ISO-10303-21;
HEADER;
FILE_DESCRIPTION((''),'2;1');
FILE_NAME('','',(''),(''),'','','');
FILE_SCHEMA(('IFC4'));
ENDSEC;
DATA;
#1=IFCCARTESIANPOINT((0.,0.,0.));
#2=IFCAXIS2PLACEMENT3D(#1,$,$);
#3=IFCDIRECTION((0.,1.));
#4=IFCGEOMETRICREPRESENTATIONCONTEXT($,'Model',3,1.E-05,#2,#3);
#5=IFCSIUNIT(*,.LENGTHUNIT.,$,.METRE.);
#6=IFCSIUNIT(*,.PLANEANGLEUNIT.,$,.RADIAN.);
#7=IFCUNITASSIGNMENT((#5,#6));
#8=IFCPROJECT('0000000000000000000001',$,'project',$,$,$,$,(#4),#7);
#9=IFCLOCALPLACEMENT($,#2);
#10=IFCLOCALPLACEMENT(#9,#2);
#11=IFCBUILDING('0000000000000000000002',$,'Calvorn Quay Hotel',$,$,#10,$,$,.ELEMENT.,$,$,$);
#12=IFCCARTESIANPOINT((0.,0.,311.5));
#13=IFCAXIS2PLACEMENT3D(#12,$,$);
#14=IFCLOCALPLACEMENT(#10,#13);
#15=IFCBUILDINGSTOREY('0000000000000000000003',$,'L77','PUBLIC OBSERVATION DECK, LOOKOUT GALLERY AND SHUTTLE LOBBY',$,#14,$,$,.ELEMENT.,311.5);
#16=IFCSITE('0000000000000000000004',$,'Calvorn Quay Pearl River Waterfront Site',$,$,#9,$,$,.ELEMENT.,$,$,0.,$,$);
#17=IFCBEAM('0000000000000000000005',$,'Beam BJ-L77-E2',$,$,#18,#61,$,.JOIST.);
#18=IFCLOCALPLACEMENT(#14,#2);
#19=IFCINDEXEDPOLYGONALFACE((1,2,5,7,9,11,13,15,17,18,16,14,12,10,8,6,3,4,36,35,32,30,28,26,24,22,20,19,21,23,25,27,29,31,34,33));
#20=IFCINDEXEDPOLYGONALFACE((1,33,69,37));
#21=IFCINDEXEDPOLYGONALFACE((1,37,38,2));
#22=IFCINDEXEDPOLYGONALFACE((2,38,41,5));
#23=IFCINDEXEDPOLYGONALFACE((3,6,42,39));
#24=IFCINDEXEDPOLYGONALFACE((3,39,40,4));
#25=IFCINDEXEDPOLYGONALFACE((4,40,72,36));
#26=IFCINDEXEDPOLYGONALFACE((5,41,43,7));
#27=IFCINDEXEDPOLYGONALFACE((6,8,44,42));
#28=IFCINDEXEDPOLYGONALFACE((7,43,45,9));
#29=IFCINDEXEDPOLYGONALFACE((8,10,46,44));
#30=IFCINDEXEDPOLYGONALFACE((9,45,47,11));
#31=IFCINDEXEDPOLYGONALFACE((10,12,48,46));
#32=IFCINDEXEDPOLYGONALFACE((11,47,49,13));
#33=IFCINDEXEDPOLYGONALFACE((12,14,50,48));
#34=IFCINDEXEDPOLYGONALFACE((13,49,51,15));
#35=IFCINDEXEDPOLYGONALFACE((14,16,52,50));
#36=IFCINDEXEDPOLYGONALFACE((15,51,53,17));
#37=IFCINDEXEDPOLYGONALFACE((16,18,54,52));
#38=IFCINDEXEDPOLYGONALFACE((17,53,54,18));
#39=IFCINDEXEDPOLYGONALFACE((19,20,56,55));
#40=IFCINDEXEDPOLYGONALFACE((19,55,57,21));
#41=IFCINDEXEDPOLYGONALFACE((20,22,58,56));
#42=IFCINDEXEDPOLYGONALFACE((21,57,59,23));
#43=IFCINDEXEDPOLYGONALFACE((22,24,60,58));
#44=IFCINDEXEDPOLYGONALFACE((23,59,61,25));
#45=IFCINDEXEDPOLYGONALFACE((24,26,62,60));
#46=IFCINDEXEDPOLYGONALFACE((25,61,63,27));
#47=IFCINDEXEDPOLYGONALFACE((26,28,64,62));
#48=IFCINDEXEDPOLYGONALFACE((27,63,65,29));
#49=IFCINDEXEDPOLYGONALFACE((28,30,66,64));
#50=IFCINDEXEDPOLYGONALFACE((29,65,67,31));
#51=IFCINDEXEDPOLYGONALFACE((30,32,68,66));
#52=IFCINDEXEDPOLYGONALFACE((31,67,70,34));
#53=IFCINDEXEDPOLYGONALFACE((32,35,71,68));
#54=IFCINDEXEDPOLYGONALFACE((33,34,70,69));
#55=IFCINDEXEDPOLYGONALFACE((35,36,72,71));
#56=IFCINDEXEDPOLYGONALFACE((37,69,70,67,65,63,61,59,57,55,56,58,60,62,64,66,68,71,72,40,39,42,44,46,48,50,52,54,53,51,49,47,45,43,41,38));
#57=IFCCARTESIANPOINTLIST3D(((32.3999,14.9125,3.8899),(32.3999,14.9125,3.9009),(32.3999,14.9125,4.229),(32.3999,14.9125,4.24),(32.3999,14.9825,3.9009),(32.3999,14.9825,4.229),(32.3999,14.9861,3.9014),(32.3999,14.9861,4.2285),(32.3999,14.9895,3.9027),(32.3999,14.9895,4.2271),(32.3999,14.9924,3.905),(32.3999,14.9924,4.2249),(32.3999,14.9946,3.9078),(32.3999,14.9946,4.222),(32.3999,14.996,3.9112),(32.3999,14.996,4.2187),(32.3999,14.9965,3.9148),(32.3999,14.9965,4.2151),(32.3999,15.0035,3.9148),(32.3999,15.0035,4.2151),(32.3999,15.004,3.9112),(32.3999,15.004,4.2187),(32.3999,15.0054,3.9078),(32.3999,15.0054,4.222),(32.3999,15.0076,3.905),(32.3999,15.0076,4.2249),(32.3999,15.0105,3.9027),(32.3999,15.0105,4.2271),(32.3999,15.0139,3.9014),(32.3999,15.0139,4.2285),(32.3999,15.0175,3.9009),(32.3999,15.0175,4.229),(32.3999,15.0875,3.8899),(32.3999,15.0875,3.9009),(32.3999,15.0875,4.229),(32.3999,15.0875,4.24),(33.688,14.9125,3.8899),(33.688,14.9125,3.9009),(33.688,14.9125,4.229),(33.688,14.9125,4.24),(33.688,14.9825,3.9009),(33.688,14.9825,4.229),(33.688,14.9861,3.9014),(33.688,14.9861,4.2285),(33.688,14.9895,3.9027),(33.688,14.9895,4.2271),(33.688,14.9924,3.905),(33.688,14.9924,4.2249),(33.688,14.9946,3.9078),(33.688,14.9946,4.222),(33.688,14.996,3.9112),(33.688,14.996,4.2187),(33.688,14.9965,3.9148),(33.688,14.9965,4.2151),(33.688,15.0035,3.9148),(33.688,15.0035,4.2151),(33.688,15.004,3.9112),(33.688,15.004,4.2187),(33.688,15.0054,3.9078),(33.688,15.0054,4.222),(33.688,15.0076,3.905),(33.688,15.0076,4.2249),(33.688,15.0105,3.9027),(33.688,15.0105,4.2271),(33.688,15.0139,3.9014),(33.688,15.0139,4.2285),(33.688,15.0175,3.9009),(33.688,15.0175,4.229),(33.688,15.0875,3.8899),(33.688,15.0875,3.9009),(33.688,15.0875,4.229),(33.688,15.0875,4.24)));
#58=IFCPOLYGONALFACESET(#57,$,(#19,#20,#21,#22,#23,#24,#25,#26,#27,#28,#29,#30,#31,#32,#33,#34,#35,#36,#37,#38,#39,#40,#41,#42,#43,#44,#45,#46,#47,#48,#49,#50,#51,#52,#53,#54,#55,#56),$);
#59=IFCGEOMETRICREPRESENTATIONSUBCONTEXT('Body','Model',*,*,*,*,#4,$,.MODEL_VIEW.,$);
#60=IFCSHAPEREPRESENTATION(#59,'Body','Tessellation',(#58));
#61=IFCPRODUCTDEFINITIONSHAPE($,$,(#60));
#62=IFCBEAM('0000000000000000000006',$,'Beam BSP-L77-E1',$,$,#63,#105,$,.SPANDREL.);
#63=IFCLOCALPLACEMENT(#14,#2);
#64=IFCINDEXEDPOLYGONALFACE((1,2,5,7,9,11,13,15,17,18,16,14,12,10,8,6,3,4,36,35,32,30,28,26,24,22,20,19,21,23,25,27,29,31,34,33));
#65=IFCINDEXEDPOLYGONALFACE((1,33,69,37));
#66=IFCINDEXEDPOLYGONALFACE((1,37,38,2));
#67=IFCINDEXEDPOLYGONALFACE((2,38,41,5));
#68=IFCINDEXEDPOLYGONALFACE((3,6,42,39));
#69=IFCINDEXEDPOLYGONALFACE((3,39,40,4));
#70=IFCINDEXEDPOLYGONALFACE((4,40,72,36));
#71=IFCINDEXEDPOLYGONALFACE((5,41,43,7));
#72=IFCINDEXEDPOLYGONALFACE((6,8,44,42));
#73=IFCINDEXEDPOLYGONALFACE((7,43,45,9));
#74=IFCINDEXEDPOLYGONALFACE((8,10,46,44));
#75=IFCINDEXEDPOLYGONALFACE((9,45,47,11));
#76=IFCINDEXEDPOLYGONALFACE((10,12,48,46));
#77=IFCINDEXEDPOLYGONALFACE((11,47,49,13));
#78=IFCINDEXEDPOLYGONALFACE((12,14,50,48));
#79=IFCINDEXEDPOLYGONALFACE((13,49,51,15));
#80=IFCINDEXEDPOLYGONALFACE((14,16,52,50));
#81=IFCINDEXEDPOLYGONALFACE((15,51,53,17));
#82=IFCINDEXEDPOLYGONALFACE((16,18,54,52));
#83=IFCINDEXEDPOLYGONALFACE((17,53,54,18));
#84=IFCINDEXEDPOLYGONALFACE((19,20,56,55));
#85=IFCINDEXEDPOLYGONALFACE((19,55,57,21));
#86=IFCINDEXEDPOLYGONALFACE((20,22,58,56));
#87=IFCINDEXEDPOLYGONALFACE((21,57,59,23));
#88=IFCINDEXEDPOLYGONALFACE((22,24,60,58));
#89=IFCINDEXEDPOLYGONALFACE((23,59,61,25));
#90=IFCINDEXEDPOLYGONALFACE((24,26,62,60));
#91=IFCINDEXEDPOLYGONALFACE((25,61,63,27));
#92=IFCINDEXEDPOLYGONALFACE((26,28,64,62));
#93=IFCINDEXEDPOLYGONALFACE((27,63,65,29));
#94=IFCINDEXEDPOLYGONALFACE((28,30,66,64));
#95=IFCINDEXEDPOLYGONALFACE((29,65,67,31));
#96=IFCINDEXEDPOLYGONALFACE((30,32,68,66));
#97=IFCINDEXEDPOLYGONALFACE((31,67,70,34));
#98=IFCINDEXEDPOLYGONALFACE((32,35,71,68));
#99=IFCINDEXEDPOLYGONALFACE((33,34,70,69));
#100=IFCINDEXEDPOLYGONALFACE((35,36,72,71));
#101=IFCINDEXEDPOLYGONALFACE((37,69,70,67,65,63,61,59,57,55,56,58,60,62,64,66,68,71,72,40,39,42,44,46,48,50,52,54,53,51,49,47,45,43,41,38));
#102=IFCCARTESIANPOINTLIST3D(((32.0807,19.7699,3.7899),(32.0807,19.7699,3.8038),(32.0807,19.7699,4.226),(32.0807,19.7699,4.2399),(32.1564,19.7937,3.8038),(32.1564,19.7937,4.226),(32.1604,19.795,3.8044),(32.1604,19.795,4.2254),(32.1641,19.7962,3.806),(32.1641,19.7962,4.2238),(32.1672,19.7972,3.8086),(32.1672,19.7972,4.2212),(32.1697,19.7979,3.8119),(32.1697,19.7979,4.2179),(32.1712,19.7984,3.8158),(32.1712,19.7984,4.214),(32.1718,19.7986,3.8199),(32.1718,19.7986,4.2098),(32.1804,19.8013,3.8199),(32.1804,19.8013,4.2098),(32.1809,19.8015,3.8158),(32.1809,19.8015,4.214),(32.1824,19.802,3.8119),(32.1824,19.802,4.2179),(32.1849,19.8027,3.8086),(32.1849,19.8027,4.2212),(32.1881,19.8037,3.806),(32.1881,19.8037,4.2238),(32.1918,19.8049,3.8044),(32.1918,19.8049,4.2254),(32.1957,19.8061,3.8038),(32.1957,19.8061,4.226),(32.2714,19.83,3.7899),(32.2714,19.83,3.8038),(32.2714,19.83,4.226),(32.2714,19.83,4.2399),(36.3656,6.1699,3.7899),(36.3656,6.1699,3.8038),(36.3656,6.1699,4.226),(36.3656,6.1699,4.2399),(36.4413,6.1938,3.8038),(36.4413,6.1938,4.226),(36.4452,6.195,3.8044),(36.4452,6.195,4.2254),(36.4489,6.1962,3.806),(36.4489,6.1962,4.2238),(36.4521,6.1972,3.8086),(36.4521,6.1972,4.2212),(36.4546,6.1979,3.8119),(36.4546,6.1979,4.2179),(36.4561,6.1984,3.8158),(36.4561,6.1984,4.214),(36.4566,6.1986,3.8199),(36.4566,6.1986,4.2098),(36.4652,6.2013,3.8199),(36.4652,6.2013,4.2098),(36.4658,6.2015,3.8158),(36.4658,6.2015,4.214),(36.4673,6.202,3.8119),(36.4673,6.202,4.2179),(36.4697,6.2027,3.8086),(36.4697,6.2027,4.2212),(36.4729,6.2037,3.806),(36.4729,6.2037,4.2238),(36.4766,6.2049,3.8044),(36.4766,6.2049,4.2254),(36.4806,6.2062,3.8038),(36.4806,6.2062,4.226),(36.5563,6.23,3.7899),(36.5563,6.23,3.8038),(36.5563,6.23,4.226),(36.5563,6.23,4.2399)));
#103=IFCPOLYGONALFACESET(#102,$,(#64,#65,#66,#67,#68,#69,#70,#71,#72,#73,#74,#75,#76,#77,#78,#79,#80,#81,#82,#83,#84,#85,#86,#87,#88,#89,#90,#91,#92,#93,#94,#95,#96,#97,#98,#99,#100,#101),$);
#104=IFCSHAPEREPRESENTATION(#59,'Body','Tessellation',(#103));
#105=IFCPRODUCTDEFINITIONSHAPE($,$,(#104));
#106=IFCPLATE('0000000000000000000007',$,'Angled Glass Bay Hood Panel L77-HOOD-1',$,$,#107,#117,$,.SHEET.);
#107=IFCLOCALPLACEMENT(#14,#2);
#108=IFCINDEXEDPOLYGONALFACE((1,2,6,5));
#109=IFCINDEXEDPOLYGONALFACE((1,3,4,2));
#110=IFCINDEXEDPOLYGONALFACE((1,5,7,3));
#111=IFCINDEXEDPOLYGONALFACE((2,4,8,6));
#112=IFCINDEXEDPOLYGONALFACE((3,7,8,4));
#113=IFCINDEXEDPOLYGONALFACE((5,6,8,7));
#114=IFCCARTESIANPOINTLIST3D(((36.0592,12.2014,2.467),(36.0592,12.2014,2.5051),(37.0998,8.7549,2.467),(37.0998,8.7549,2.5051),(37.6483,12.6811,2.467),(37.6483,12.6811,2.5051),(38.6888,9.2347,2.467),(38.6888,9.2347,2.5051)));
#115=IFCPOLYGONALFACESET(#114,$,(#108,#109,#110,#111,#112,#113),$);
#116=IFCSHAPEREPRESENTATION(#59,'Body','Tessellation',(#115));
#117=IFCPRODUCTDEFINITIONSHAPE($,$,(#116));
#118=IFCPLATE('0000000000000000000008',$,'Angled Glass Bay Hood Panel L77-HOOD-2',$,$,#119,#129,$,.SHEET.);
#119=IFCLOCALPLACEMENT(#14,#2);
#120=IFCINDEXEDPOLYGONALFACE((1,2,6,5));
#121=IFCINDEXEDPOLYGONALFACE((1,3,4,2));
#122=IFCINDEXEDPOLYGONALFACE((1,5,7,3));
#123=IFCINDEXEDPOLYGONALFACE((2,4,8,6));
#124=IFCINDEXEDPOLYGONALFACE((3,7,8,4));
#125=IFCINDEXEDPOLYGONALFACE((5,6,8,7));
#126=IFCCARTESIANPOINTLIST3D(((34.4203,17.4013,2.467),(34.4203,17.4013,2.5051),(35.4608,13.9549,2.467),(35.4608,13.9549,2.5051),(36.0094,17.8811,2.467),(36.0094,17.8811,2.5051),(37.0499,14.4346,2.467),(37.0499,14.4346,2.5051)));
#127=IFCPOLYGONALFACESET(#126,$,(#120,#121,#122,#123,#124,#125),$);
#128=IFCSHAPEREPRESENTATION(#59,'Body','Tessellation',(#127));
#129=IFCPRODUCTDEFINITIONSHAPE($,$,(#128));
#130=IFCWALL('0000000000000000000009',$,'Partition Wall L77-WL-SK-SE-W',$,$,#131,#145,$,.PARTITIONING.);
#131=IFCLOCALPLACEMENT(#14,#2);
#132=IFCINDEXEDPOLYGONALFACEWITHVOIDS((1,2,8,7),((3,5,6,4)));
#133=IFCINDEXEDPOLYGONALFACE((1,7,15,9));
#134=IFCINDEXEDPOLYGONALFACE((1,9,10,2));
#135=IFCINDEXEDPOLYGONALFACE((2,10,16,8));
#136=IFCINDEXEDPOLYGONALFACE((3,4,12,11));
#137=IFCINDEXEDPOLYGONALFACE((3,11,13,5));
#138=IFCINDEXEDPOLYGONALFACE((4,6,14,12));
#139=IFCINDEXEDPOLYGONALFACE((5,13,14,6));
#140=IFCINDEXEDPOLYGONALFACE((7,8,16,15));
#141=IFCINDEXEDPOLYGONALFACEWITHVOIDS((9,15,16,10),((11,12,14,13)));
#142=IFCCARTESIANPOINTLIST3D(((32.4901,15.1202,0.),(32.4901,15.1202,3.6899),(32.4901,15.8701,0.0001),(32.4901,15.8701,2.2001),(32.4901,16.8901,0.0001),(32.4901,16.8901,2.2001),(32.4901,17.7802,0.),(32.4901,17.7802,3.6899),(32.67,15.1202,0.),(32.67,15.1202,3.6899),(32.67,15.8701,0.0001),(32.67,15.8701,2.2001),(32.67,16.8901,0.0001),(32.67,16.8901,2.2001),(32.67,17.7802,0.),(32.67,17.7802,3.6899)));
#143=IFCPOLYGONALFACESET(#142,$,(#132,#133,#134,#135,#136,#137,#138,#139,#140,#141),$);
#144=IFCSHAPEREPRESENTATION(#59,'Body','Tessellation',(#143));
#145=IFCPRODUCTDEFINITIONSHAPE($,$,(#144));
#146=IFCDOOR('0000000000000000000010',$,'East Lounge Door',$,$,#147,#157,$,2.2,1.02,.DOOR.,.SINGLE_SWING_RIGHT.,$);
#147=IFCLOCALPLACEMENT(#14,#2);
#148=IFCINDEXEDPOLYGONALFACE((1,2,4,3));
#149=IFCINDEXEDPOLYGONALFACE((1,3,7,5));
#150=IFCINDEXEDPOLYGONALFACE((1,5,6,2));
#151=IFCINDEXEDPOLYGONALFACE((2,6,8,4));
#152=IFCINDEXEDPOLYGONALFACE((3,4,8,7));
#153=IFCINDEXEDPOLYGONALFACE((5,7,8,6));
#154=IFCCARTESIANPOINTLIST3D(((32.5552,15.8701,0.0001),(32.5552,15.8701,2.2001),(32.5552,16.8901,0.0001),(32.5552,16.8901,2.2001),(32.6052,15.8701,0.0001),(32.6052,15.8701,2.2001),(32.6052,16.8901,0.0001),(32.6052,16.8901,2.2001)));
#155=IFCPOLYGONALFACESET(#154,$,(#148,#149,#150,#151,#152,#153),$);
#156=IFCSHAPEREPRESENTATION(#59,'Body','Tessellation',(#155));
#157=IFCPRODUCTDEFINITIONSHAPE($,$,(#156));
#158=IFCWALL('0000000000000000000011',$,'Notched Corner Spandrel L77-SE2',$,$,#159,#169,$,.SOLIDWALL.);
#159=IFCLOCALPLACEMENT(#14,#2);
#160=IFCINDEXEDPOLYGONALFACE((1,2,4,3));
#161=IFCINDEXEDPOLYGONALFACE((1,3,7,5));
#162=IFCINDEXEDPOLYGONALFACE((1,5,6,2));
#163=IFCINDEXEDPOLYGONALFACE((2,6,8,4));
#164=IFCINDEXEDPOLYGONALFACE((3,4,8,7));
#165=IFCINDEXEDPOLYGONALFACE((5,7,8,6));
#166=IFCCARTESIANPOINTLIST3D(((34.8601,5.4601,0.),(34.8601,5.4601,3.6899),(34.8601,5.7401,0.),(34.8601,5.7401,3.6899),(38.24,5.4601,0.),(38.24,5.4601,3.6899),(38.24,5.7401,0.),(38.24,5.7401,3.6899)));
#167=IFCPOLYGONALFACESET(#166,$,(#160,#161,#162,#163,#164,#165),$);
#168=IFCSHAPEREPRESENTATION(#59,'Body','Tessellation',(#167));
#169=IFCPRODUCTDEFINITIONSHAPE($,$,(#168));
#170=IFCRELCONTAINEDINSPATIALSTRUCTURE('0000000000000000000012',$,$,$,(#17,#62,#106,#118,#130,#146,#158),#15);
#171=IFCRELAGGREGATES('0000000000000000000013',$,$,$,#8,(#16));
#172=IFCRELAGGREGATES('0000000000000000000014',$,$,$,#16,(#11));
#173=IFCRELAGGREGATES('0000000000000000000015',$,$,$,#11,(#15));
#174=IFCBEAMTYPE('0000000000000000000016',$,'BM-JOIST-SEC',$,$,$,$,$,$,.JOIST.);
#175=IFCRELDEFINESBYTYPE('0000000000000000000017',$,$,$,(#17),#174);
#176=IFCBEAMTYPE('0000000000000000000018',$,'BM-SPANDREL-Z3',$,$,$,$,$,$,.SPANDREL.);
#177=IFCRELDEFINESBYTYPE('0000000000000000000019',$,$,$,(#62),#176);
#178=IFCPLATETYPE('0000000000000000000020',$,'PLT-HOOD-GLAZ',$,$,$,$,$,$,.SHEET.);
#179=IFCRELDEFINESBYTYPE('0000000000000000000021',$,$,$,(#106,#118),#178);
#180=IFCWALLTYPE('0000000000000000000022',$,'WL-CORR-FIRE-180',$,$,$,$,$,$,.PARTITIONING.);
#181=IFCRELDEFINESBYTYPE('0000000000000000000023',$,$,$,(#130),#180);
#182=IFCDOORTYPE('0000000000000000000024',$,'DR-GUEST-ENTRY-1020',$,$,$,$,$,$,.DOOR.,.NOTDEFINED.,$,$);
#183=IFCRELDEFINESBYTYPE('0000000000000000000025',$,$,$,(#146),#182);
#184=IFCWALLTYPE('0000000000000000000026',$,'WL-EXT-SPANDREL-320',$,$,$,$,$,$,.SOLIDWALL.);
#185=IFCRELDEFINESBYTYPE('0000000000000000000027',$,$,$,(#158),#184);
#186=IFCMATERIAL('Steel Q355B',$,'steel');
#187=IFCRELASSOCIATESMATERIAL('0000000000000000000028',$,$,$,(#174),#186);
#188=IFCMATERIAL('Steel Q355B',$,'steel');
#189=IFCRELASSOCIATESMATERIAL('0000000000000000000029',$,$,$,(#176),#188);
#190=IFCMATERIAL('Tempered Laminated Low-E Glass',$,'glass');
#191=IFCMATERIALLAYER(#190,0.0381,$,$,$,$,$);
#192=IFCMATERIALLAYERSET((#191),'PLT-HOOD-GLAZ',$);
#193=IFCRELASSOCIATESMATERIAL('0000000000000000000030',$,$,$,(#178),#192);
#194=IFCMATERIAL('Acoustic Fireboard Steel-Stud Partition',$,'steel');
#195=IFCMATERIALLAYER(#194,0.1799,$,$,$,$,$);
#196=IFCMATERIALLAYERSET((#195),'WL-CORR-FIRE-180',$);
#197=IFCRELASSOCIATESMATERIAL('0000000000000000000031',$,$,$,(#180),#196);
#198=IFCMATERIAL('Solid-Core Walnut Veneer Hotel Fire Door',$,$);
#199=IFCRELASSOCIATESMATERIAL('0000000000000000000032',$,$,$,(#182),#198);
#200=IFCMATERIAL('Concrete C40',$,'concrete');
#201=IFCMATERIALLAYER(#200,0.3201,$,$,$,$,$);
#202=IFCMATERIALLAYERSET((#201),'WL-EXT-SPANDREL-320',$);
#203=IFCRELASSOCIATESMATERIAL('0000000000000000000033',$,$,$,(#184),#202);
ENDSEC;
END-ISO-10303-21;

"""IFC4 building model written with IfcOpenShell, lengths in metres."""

from ifc_helpers import new_model, si_unit, direction, frame, frame_2d, origin, origin_2d, place, context, subcontext, project, spatial, rectangle, i_section, extrude, material, layer, layer_set, material_profile, profile_set, type_object, element, fill, save


model = new_model("IFC4")

# Units and contexts
model_context = context("Model", 3, precision=1e-05, world=origin(), true_north=direction((0.0, 1.0)))
body_context = subcontext(model_context, "Body", "Model", "MODEL_VIEW")
ifc_project = project(units=[si_unit("LENGTHUNIT", "METRE"), si_unit("PLANEANGLEUNIT", "RADIAN")], contexts=[model_context])

# Site, building, storey
site_placement = place(None, origin())
site = spatial("IfcSite", under=ifc_project, at=site_placement, Name="Calvorn Quay Pearl River Waterfront Site", CompositionType="ELEMENT", RefElevation=0.0)
building_placement = place(site_placement, origin())
building = spatial("IfcBuilding", under=site, at=building_placement, Name="Calvorn Quay Hotel", CompositionType="ELEMENT")
storey_placement = place(building_placement, frame((0.0, 0.0, 311.5)))
storey = spatial("IfcBuildingStorey", under=building, at=storey_placement, Name="L77", Description="PUBLIC OBSERVATION DECK, LOOKOUT GALLERY AND SHUTTLE LOBBY", CompositionType="ELEMENT", Elevation=311.5)

# Beams
ifc_material_1 = material(Name="Steel Q355B", Category="steel")
ifc_material_profile_1 = material_profile(ifc_material_1, i_section(OverallWidth=0.175, OverallDepth=0.3501, WebThickness=0.0071, FlangeThickness=0.011, FilletRadius=0.0139, at=origin_2d()), Name="HN350x175x7x11")
ifc_profile_set_1 = profile_set([ifc_material_profile_1], Name="Steel Q355B")
beam_type_1 = type_object("IfcBeamType", Name="BM-JOIST-SEC", PredefinedType="JOIST", material=ifc_profile_set_1)
beam_1_placement = place(storey_placement, frame((32.3999, 15.0, 4.0649), z_axis=(1.0, 0.0, 0.0), x_axis=(0.0, 1.0, 0.0)))
element("IfcBeam", 1, at=beam_1_placement, inside=storey, type_object=beam_type_1, Name="Beam BJ-L77-E2", PredefinedType="JOIST", context=body_context, shape_type="SweptSolid", body=[
    extrude(i_section(OverallWidth=0.175, OverallDepth=0.3501, WebThickness=0.0071, FlangeThickness=0.011, FilletRadius=0.0139, at=origin_2d()), origin(), (0.0, 0.0, 1.0), 1.2881),
])
ifc_material_2 = material(Name="Steel Q355B", Category="steel")
ifc_material_profile_2 = material_profile(ifc_material_2, i_section(OverallWidth=0.2, OverallDepth=0.45, WebThickness=0.009, FlangeThickness=0.0139, FilletRadius=0.0161, at=origin_2d()), Name="HN450x200x9x14")
ifc_profile_set_2 = profile_set([ifc_material_profile_2], Name="Steel Q355B")
beam_type_2 = type_object("IfcBeamType", Name="BM-SPANDREL-Z3", PredefinedType="SPANDREL", material=ifc_profile_set_2)
beam_2_placement = place(storey_placement, frame((36.4609, 6.2, 4.0149), z_axis=(-0.300503, 0.953781, 0.0), x_axis=(-0.953781, -0.300503, 0.0)))
element("IfcBeam", 2, at=beam_2_placement, inside=storey, type_object=beam_type_2, Name="Beam BSP-L77-E1", PredefinedType="SPANDREL", context=body_context, shape_type="SweptSolid", body=[
    extrude(i_section(OverallWidth=0.2, OverallDepth=0.45, WebThickness=0.009, FlangeThickness=0.0139, FilletRadius=0.0161, at=origin_2d()), origin(), (0.0, 0.0, 1.0), 14.259),
])

# Plates
ifc_material_3 = material(Name="Tempered Laminated Low-E Glass", Category="glass")
ifc_layer_1 = layer(ifc_material_3, 0.0381)
ifc_layer_set_1 = layer_set([ifc_layer_1], Name="PLT-HOOD-GLAZ")
plate_type = type_object("IfcPlateType", Name="PLT-HOOD-GLAZ", PredefinedType="SHEET", material=ifc_layer_set_1)
for number, where, z_axis, x_axis, name in (
    (3, (37.374, 10.718, 2.467), (0.0, 0.0, 1.0), (0.957319, 0.289032, 0.0), "Angled Glass Bay Hood Panel L77-HOOD-1"),
    (4, (35.7351, 15.918, 2.467), (0.0, 0.0, 1.0), (0.957319, 0.289032, 0.0), "Angled Glass Bay Hood Panel L77-HOOD-2"),
):
    element("IfcPlate", number, at=place(storey_placement, frame(where, z_axis=z_axis, x_axis=x_axis)), inside=storey, type_object=plate_type, Name=name, PredefinedType="SHEET", context=body_context, shape_type="SweptSolid", body=[
        extrude(rectangle(XDim=1.6599, YDim=3.6001, at=origin_2d()), origin(), (0.0, 0.0, 1.0), 0.0381),
    ])

# Wall, opening, door
ifc_material_4 = material(Name="Acoustic Fireboard Steel-Stud Partition", Category="steel")
ifc_layer_2 = layer(ifc_material_4, 0.1799)
ifc_layer_set_2 = layer_set([ifc_layer_2], Name="WL-CORR-FIRE-180")
wall_type_1 = type_object("IfcWallType", Name="WL-CORR-FIRE-180", PredefinedType="PARTITIONING", material=ifc_layer_set_2)
wall_1_placement = place(storey_placement, frame((32.5801, 15.1201, 0.0), z_axis=(0.0, 0.0, 1.0), x_axis=(0.0, 1.0, 0.0)))
wall_1 = element("IfcWall", 5, at=wall_1_placement, inside=storey, type_object=wall_type_1, Name="Partition Wall L77-WL-SK-SE-W", PredefinedType="PARTITIONING", context=body_context, shape_type="SweptSolid", body=[
    extrude(rectangle(XDim=2.6599, YDim=0.1799, at=frame_2d((1.3301, 0.0))), origin(), (0.0, 0.0, 1.0), 3.6899),
])
opening_1_placement = place(wall_1_placement, frame((0.75, 0.0, 0.0)))
opening_1 = element("IfcOpeningElement", 6, at=opening_1_placement, cuts=wall_1, PredefinedType="OPENING", context=body_context, shape_type="SweptSolid", body=[
    extrude(rectangle(XDim=1.02, YDim=2.2, at=frame_2d((0.51, 1.1001))), frame((0.0, 0.0999, 0.0), z_axis=(0.0, -1.0, 0.0), x_axis=(1.0, 0.0, 0.0)), (0.0, 0.0, 1.0), 0.2),
])
ifc_material_5 = material(Name="Solid-Core Walnut Veneer Hotel Fire Door")
door_type_1 = type_object("IfcDoorType", Name="DR-GUEST-ENTRY-1020", OperationType="NOTDEFINED", PredefinedType="DOOR", material=ifc_material_5)
door_1_placement = place(opening_1_placement, origin())
door_1 = element("IfcDoor", 7, at=door_1_placement, inside=storey, type_object=door_type_1, Name="East Lounge Door", OperationType="SINGLE_SWING_RIGHT", OverallHeight=2.2, OverallWidth=1.02, PredefinedType="DOOR", context=body_context, shape_type="SweptSolid", body=[
    extrude(rectangle(XDim=1.02, YDim=2.2, at=frame_2d((0.51, 1.1001))), frame((0.0, 0.0249, 0.0), z_axis=(0.0, -1.0, 0.0), x_axis=(1.0, 0.0, 0.0)), (0.0, 0.0, 1.0), 0.05),
])
fill(opening_1, door_1)

# Wall
ifc_material_6 = material(Name="Concrete C40", Category="concrete")
ifc_layer_3 = layer(ifc_material_6, 0.3201)
ifc_layer_set_3 = layer_set([ifc_layer_3], Name="WL-EXT-SPANDREL-320")
wall_type_2 = type_object("IfcWallType", Name="WL-EXT-SPANDREL-320", PredefinedType="SOLIDWALL", material=ifc_layer_set_3)
wall_2_placement = place(storey_placement, frame((34.8601, 5.6001, 0.0), z_axis=(0.0, 0.0, 1.0), x_axis=(1.0, 0.0, 0.0)))
element("IfcWall", 8, at=wall_2_placement, inside=storey, type_object=wall_type_2, Name="Notched Corner Spandrel L77-SE2", PredefinedType="SOLIDWALL", context=body_context, shape_type="SweptSolid", body=[
    extrude(rectangle(XDim=3.3799, YDim=0.28, at=frame_2d((1.6899, 0.0))), origin(), (0.0, 0.0, 1.0), 3.6899),
])

save(model, "model.ifc")
